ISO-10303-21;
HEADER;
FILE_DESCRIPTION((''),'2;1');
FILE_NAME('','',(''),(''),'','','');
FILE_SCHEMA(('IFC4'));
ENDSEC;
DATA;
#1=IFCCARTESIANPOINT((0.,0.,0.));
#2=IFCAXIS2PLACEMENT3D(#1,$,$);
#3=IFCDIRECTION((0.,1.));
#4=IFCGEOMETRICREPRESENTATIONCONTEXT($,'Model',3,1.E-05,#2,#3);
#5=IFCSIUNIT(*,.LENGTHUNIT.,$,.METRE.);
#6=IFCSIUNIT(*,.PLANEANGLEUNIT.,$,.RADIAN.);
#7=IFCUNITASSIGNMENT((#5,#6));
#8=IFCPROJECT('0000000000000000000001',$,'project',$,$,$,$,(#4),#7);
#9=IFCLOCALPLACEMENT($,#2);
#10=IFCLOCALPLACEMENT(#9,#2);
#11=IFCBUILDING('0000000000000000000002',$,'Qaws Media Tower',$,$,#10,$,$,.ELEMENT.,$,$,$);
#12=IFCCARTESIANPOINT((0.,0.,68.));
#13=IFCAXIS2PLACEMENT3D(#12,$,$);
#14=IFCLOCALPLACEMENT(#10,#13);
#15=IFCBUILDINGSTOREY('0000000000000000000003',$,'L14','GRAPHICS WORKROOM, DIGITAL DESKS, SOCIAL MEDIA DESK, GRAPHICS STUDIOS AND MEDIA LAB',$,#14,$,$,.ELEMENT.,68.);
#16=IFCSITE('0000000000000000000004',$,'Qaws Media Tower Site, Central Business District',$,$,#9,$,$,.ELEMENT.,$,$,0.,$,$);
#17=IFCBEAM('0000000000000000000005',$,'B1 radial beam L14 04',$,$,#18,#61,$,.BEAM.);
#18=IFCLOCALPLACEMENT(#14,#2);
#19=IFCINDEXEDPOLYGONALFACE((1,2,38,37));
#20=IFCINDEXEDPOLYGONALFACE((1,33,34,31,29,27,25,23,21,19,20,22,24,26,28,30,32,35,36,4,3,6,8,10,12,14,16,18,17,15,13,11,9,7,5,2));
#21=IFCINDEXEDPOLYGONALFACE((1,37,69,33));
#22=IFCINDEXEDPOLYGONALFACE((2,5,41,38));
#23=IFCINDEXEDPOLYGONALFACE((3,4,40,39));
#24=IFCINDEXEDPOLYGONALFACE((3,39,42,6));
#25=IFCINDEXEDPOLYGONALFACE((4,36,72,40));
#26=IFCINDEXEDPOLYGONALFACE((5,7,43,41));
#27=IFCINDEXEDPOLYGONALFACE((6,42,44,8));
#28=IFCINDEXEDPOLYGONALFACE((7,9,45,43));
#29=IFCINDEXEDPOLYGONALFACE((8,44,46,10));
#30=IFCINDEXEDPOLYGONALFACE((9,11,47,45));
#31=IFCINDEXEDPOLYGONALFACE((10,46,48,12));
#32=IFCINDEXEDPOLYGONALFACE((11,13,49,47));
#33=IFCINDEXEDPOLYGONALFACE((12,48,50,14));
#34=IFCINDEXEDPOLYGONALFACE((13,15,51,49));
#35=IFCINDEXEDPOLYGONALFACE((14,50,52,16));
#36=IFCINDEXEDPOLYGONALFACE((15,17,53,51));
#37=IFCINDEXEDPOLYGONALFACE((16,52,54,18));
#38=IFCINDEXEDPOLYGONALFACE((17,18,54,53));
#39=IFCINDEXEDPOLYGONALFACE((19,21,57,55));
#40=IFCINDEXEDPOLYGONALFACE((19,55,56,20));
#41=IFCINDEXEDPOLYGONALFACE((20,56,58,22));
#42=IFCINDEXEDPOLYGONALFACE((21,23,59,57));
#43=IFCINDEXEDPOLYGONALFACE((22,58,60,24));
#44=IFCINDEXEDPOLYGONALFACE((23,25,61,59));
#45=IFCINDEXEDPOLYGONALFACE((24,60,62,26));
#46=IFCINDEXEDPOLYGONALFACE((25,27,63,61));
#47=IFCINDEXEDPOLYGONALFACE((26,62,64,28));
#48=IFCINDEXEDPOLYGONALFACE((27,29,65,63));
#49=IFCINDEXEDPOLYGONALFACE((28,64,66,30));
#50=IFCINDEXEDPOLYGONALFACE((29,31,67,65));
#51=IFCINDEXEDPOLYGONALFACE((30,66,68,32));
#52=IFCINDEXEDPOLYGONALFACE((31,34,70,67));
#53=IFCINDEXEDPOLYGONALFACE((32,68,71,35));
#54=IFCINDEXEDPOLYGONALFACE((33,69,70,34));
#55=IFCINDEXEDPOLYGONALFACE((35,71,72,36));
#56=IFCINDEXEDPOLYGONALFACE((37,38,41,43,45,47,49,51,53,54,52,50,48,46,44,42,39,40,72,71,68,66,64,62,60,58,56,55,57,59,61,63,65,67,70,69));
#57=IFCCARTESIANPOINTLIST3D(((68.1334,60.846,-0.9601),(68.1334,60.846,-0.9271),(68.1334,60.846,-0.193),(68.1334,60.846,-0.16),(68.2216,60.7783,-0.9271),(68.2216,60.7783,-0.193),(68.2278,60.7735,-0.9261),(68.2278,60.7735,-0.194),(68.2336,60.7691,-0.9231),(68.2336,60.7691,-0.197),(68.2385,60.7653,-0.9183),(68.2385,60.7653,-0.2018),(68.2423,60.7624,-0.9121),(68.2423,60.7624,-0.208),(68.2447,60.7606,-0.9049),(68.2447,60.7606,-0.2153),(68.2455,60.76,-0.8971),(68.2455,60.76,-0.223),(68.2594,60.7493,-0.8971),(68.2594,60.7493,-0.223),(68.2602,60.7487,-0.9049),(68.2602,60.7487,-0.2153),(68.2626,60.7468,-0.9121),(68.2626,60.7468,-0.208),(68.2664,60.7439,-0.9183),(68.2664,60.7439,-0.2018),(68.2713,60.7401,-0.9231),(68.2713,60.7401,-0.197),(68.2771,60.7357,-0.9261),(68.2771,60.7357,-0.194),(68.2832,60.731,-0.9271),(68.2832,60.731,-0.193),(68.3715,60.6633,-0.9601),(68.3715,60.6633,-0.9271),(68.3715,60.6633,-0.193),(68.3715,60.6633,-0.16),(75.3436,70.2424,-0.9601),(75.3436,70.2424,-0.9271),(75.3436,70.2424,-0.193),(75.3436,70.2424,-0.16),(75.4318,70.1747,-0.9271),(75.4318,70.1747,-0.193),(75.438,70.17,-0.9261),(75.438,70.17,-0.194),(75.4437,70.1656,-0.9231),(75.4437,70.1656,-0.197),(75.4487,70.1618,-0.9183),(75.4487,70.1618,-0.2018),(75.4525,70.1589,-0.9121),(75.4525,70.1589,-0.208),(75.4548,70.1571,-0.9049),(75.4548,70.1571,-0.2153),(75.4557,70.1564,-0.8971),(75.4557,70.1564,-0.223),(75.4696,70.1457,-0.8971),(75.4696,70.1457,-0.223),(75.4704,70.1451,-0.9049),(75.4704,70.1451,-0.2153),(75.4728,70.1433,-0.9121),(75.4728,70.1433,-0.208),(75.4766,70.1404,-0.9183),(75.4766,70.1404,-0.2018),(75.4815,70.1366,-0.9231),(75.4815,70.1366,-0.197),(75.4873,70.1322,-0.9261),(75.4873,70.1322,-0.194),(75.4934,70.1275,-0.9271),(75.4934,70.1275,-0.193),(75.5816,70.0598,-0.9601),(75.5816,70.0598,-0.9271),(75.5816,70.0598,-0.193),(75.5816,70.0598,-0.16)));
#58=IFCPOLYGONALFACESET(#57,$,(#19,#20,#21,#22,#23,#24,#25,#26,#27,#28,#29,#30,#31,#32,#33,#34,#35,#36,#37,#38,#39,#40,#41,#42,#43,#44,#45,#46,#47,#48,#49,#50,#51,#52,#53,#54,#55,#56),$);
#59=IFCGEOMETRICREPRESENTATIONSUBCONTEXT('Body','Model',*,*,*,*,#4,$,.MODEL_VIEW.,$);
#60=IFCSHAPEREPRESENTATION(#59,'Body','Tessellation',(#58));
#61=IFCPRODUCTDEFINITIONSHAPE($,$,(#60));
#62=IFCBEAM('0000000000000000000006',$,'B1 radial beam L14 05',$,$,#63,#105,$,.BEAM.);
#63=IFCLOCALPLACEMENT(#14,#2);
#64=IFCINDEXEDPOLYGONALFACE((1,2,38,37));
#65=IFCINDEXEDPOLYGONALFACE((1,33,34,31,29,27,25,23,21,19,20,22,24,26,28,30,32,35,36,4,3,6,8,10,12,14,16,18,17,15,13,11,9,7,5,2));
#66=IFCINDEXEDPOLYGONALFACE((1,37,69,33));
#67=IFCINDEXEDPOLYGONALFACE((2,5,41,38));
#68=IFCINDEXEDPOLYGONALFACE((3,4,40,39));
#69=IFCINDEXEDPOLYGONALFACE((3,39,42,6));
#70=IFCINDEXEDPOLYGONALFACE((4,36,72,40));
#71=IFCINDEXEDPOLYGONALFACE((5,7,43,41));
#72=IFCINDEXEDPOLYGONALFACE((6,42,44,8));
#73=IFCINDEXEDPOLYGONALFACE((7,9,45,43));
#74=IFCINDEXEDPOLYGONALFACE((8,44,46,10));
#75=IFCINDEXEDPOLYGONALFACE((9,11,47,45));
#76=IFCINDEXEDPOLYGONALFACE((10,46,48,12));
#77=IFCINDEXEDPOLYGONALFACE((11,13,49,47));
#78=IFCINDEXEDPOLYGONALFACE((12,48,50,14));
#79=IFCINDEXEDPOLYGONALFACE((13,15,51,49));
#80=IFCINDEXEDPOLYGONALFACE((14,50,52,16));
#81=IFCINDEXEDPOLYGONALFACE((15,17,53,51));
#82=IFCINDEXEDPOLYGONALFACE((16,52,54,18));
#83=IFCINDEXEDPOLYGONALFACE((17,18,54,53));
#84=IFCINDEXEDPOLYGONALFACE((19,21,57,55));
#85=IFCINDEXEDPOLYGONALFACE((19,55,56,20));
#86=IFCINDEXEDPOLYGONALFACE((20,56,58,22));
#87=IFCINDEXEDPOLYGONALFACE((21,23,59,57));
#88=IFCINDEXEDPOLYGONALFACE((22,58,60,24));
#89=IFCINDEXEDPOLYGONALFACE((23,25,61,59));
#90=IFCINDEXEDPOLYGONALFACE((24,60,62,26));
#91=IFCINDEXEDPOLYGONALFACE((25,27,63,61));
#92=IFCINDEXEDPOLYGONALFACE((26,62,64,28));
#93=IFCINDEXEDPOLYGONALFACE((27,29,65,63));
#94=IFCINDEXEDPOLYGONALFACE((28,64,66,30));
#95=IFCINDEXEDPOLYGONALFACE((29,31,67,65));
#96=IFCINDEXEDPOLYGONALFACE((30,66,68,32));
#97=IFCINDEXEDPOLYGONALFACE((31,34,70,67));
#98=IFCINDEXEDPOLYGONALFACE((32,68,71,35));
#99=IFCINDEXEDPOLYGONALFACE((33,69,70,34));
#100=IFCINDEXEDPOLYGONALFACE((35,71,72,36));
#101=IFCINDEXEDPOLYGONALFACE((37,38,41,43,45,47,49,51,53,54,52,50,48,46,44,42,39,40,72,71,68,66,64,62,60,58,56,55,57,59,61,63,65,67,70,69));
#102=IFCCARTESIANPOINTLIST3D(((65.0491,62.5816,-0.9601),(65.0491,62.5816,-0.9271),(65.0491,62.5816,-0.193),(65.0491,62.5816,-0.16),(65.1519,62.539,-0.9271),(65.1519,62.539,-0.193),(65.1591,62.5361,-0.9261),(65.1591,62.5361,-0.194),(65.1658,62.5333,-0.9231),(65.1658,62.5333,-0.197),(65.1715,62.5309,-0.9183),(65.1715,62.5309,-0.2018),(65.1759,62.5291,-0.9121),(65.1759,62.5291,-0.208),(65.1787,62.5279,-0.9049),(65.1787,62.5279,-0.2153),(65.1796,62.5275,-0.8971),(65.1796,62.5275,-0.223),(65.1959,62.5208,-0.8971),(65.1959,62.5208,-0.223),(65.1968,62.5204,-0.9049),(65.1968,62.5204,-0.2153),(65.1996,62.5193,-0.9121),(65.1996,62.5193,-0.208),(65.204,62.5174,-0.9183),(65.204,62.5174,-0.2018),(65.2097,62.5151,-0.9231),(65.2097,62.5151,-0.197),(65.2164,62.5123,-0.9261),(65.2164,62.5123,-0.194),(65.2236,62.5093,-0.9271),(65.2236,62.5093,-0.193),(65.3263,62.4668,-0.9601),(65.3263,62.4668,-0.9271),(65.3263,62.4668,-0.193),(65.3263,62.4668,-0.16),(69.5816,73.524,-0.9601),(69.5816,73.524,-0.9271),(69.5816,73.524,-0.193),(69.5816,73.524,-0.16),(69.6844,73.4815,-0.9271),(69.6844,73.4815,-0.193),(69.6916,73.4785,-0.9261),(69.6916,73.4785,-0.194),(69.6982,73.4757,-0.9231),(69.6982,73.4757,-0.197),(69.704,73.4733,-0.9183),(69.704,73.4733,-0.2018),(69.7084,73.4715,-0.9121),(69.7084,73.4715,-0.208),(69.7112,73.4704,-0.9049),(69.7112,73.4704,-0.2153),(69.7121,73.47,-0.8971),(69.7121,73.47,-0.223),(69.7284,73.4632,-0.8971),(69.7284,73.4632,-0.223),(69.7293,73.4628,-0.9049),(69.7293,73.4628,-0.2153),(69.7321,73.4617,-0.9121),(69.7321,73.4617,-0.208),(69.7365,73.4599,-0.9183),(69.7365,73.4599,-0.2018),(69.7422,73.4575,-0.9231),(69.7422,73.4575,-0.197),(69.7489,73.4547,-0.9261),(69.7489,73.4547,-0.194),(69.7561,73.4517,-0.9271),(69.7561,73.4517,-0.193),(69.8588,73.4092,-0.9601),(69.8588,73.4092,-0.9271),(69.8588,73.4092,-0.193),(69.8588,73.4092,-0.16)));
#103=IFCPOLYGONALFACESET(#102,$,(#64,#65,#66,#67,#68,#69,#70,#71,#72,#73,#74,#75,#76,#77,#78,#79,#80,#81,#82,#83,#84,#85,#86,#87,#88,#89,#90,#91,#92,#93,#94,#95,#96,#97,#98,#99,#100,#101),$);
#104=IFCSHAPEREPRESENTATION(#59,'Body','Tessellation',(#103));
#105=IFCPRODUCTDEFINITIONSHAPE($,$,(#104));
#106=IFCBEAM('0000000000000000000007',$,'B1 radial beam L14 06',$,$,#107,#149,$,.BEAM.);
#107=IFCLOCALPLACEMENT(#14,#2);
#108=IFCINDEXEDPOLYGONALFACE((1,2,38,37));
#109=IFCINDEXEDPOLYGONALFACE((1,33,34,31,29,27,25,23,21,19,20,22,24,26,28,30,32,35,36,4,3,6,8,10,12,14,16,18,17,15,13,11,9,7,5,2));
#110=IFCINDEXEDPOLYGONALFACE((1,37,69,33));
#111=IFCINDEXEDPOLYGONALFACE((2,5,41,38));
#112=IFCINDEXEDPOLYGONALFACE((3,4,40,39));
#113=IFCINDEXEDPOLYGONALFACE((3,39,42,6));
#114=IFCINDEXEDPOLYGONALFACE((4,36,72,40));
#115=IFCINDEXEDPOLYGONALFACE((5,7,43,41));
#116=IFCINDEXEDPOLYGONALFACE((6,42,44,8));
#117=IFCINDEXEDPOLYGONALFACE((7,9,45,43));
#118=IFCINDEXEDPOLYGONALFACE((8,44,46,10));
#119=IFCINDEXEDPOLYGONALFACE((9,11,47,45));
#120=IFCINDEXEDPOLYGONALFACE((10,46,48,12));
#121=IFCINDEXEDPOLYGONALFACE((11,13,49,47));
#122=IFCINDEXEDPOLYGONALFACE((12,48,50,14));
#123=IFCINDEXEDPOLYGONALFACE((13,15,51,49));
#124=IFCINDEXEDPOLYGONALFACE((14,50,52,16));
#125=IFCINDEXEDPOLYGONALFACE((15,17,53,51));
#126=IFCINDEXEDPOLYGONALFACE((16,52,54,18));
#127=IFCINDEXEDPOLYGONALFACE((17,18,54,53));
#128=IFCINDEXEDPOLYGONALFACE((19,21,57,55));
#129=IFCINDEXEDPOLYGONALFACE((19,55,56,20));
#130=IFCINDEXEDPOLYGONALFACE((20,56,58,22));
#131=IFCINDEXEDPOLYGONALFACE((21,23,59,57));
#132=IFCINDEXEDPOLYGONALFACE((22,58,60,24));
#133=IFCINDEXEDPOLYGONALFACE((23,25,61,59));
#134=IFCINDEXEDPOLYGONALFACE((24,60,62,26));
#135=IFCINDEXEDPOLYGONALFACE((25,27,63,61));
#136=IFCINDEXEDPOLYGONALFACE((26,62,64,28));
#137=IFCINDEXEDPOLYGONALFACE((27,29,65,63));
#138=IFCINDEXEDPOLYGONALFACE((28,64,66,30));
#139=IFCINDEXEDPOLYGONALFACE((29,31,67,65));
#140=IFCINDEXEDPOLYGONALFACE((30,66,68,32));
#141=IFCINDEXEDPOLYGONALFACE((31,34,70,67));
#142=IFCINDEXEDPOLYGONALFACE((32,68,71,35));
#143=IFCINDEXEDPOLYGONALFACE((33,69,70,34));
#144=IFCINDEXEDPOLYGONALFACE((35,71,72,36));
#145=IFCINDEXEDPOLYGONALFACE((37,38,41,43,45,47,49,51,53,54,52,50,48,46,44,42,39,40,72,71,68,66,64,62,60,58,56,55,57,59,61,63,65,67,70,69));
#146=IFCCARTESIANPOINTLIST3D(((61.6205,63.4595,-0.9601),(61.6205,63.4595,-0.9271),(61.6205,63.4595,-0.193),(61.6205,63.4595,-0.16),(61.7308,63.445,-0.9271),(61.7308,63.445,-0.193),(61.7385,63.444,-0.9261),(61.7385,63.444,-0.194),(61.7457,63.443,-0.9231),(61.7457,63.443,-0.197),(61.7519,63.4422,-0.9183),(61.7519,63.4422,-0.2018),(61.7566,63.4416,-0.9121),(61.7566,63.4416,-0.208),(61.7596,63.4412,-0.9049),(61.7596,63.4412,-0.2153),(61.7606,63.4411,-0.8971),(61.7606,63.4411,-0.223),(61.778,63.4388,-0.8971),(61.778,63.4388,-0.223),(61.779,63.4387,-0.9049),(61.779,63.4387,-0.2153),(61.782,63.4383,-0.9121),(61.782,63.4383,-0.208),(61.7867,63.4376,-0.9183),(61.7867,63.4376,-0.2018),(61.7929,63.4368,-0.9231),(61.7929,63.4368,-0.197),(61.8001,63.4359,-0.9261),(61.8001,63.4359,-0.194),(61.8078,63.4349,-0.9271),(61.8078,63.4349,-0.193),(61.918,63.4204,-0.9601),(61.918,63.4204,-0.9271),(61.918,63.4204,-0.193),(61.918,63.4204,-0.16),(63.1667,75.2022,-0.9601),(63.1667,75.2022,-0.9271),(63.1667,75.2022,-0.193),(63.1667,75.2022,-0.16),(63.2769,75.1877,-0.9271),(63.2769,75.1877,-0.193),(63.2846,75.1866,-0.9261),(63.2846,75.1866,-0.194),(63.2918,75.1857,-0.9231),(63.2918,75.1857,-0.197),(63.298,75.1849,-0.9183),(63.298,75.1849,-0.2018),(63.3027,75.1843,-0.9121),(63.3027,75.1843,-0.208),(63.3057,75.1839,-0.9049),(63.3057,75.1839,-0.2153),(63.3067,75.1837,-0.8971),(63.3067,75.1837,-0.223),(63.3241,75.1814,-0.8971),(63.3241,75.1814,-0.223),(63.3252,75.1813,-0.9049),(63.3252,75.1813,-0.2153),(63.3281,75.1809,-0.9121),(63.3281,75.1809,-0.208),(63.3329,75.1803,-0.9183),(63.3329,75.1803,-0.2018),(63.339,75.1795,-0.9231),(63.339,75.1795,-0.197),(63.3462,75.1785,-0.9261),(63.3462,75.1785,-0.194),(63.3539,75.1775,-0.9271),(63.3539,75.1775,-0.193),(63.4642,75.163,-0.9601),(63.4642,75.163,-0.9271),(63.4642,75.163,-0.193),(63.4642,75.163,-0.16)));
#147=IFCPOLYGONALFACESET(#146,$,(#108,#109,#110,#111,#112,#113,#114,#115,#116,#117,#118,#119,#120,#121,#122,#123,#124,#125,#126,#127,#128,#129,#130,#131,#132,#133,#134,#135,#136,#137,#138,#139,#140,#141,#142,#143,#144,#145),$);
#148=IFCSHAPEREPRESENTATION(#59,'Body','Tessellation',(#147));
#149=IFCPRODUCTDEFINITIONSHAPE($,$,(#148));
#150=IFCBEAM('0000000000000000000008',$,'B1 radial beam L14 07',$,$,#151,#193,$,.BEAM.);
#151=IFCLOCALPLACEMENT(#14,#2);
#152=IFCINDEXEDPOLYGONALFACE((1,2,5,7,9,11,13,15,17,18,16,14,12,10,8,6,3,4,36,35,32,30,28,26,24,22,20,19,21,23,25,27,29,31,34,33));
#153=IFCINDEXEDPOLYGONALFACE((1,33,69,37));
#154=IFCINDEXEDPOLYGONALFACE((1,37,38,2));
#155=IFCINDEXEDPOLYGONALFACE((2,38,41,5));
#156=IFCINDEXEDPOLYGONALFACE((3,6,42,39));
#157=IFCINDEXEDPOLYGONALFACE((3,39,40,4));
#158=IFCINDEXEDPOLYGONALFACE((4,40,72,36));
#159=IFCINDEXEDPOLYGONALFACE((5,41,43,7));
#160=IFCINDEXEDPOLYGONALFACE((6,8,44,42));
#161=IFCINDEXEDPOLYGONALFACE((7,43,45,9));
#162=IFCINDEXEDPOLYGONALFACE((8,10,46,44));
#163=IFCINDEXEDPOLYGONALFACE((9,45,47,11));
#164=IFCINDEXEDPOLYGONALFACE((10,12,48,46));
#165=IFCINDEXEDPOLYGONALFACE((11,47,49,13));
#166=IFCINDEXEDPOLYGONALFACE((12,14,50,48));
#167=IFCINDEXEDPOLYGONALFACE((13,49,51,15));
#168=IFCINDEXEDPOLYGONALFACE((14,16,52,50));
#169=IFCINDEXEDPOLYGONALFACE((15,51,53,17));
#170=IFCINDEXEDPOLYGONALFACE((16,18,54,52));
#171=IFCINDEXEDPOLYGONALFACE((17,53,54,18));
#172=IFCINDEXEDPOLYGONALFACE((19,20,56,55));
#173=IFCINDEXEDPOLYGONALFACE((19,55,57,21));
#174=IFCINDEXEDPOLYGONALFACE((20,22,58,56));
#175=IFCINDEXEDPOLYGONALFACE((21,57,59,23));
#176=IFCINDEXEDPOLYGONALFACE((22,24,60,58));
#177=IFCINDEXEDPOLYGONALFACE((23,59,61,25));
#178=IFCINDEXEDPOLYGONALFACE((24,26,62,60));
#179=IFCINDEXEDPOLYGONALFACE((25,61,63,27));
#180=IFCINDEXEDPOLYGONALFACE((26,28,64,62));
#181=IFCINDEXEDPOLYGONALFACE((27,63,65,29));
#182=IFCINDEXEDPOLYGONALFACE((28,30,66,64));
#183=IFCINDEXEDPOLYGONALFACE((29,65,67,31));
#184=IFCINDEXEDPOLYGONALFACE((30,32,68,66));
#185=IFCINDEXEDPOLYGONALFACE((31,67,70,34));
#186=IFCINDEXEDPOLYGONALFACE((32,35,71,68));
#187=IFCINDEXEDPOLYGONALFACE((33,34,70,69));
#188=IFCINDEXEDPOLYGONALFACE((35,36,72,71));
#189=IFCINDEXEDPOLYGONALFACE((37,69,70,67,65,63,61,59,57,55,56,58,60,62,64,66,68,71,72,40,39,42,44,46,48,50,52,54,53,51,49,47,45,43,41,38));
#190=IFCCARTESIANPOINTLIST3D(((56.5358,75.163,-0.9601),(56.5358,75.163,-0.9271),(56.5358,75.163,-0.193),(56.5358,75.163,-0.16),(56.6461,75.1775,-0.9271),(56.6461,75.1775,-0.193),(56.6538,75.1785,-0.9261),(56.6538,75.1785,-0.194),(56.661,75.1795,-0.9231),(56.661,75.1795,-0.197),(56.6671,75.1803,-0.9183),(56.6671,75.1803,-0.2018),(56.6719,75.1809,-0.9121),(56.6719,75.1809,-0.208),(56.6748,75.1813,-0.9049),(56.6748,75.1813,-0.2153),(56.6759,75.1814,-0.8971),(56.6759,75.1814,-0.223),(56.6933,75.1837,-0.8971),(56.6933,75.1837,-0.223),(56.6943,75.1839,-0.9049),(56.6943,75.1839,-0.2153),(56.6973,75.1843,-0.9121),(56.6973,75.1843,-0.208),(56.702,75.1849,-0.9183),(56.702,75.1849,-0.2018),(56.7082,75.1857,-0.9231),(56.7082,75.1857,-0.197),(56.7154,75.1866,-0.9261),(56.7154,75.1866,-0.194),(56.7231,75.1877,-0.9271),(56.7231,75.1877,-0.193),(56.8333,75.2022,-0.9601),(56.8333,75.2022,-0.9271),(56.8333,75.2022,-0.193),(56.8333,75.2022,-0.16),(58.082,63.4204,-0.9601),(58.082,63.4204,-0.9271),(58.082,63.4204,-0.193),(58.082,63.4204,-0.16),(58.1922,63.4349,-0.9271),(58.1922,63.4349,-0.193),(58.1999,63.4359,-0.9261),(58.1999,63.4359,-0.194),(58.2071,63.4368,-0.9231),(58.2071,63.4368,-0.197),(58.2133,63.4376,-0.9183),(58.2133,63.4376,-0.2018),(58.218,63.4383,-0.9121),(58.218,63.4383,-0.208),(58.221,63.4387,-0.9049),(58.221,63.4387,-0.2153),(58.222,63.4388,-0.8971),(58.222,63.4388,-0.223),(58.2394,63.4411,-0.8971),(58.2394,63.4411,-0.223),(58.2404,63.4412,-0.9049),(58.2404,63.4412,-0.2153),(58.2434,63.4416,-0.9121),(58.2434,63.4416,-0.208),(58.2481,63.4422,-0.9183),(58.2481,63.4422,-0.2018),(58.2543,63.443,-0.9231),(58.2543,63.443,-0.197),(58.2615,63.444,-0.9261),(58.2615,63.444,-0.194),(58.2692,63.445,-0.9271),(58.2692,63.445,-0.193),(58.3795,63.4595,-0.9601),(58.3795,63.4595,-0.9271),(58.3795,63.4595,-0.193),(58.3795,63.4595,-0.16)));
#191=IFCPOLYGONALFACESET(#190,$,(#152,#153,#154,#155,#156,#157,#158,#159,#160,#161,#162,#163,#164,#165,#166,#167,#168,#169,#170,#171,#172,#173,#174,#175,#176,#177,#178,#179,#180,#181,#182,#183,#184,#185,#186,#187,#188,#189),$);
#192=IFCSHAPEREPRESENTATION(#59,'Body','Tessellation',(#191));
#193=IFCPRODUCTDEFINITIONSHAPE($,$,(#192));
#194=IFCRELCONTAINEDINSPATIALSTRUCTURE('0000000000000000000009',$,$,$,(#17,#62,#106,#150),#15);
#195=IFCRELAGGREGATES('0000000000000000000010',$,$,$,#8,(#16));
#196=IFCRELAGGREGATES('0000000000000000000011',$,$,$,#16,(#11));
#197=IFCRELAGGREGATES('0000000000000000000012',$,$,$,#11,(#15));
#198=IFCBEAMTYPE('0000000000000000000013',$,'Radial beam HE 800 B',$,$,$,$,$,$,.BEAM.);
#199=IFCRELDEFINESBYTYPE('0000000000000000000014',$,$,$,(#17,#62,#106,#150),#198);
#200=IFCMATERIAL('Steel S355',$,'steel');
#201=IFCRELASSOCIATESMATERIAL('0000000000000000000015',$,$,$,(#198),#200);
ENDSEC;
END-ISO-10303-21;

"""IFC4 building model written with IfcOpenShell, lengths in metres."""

from ifc_helpers import new_model, si_unit, direction, frame, origin, origin_2d, place, context, subcontext, project, spatial, i_section, extrude, material, material_profile, profile_set, type_object, element, save


model = new_model("IFC4")

# Units and contexts
model_context = context("Model", 3, precision=1e-05, world=origin(), true_north=direction((0.0, 1.0)))
body_context = subcontext(model_context, "Body", "Model", "MODEL_VIEW")
ifc_project = project(units=[si_unit("LENGTHUNIT", "METRE"), si_unit("PLANEANGLEUNIT", "RADIAN")], contexts=[model_context])

# Site, building, storey
site_placement = place(None, origin())
site = spatial("IfcSite", under=ifc_project, at=site_placement, Name="Qaws Media Tower Site, Central Business District", CompositionType="ELEMENT", RefElevation=0.0)
building_placement = place(site_placement, origin())
building = spatial("IfcBuilding", under=site, at=building_placement, Name="Qaws Media Tower", CompositionType="ELEMENT")
storey_placement = place(building_placement, frame((0.0, 0.0, 68.0)))
storey = spatial("IfcBuildingStorey", under=building, at=storey_placement, Name="L14", Description="GRAPHICS WORKROOM, DIGITAL DESKS, SOCIAL MEDIA DESK, GRAPHICS STUDIOS AND MEDIA LAB", CompositionType="ELEMENT", Elevation=68.0)

# Beams
ifc_material_1 = material(Name="Steel S355", Category="steel")
ifc_material_profile_1 = material_profile(ifc_material_1, i_section(OverallWidth=0.3, OverallDepth=0.8, WebThickness=0.0176, FlangeThickness=0.033, FilletRadius=0.03, at=origin_2d()), Name="HE 800 B")
ifc_profile_set_1 = profile_set([ifc_material_profile_1], Name="Steel S355")
beam_type_1 = type_object("IfcBeamType", Name="Radial beam HE 800 B", PredefinedType="BEAM", material=ifc_profile_set_1)
for number, where, z_axis, x_axis, name in (
    (1, (68.2524, 60.7546, -0.5601), (0.608763, 0.793352, 0.0), (-0.793352, 0.608763, 0.0), "B1 radial beam L14 04"),
    (2, (65.1877, 62.5242, -0.5601), (0.382683, 0.92388, 0.0), (-0.92388, 0.382683, 0.0), "B1 radial beam L14 05"),
    (3, (61.7693, 63.4399, -0.5601), (0.130542, 0.991443, 0.0), (-0.991443, 0.130542, 0.0), "B1 radial beam L14 06"),
    (4, (58.2307, 63.4399, -0.5601), (-0.130542, 0.991443, 0.0), (-0.991443, -0.130542, 0.0), "B1 radial beam L14 07"),
):
    element("IfcBeam", number, at=place(storey_placement, frame(where, z_axis=z_axis, x_axis=x_axis)), inside=storey, type_object=beam_type_1, Name=name, PredefinedType="BEAM", context=body_context, shape_type="SweptSolid", body=[
        extrude(i_section(OverallWidth=0.3, OverallDepth=0.8, WebThickness=0.0176, FlangeThickness=0.033, FilletRadius=0.03, at=origin_2d()), origin(), (0.0, 0.0, 1.0), 11.844),
    ])

save(model, "model.ifc")
